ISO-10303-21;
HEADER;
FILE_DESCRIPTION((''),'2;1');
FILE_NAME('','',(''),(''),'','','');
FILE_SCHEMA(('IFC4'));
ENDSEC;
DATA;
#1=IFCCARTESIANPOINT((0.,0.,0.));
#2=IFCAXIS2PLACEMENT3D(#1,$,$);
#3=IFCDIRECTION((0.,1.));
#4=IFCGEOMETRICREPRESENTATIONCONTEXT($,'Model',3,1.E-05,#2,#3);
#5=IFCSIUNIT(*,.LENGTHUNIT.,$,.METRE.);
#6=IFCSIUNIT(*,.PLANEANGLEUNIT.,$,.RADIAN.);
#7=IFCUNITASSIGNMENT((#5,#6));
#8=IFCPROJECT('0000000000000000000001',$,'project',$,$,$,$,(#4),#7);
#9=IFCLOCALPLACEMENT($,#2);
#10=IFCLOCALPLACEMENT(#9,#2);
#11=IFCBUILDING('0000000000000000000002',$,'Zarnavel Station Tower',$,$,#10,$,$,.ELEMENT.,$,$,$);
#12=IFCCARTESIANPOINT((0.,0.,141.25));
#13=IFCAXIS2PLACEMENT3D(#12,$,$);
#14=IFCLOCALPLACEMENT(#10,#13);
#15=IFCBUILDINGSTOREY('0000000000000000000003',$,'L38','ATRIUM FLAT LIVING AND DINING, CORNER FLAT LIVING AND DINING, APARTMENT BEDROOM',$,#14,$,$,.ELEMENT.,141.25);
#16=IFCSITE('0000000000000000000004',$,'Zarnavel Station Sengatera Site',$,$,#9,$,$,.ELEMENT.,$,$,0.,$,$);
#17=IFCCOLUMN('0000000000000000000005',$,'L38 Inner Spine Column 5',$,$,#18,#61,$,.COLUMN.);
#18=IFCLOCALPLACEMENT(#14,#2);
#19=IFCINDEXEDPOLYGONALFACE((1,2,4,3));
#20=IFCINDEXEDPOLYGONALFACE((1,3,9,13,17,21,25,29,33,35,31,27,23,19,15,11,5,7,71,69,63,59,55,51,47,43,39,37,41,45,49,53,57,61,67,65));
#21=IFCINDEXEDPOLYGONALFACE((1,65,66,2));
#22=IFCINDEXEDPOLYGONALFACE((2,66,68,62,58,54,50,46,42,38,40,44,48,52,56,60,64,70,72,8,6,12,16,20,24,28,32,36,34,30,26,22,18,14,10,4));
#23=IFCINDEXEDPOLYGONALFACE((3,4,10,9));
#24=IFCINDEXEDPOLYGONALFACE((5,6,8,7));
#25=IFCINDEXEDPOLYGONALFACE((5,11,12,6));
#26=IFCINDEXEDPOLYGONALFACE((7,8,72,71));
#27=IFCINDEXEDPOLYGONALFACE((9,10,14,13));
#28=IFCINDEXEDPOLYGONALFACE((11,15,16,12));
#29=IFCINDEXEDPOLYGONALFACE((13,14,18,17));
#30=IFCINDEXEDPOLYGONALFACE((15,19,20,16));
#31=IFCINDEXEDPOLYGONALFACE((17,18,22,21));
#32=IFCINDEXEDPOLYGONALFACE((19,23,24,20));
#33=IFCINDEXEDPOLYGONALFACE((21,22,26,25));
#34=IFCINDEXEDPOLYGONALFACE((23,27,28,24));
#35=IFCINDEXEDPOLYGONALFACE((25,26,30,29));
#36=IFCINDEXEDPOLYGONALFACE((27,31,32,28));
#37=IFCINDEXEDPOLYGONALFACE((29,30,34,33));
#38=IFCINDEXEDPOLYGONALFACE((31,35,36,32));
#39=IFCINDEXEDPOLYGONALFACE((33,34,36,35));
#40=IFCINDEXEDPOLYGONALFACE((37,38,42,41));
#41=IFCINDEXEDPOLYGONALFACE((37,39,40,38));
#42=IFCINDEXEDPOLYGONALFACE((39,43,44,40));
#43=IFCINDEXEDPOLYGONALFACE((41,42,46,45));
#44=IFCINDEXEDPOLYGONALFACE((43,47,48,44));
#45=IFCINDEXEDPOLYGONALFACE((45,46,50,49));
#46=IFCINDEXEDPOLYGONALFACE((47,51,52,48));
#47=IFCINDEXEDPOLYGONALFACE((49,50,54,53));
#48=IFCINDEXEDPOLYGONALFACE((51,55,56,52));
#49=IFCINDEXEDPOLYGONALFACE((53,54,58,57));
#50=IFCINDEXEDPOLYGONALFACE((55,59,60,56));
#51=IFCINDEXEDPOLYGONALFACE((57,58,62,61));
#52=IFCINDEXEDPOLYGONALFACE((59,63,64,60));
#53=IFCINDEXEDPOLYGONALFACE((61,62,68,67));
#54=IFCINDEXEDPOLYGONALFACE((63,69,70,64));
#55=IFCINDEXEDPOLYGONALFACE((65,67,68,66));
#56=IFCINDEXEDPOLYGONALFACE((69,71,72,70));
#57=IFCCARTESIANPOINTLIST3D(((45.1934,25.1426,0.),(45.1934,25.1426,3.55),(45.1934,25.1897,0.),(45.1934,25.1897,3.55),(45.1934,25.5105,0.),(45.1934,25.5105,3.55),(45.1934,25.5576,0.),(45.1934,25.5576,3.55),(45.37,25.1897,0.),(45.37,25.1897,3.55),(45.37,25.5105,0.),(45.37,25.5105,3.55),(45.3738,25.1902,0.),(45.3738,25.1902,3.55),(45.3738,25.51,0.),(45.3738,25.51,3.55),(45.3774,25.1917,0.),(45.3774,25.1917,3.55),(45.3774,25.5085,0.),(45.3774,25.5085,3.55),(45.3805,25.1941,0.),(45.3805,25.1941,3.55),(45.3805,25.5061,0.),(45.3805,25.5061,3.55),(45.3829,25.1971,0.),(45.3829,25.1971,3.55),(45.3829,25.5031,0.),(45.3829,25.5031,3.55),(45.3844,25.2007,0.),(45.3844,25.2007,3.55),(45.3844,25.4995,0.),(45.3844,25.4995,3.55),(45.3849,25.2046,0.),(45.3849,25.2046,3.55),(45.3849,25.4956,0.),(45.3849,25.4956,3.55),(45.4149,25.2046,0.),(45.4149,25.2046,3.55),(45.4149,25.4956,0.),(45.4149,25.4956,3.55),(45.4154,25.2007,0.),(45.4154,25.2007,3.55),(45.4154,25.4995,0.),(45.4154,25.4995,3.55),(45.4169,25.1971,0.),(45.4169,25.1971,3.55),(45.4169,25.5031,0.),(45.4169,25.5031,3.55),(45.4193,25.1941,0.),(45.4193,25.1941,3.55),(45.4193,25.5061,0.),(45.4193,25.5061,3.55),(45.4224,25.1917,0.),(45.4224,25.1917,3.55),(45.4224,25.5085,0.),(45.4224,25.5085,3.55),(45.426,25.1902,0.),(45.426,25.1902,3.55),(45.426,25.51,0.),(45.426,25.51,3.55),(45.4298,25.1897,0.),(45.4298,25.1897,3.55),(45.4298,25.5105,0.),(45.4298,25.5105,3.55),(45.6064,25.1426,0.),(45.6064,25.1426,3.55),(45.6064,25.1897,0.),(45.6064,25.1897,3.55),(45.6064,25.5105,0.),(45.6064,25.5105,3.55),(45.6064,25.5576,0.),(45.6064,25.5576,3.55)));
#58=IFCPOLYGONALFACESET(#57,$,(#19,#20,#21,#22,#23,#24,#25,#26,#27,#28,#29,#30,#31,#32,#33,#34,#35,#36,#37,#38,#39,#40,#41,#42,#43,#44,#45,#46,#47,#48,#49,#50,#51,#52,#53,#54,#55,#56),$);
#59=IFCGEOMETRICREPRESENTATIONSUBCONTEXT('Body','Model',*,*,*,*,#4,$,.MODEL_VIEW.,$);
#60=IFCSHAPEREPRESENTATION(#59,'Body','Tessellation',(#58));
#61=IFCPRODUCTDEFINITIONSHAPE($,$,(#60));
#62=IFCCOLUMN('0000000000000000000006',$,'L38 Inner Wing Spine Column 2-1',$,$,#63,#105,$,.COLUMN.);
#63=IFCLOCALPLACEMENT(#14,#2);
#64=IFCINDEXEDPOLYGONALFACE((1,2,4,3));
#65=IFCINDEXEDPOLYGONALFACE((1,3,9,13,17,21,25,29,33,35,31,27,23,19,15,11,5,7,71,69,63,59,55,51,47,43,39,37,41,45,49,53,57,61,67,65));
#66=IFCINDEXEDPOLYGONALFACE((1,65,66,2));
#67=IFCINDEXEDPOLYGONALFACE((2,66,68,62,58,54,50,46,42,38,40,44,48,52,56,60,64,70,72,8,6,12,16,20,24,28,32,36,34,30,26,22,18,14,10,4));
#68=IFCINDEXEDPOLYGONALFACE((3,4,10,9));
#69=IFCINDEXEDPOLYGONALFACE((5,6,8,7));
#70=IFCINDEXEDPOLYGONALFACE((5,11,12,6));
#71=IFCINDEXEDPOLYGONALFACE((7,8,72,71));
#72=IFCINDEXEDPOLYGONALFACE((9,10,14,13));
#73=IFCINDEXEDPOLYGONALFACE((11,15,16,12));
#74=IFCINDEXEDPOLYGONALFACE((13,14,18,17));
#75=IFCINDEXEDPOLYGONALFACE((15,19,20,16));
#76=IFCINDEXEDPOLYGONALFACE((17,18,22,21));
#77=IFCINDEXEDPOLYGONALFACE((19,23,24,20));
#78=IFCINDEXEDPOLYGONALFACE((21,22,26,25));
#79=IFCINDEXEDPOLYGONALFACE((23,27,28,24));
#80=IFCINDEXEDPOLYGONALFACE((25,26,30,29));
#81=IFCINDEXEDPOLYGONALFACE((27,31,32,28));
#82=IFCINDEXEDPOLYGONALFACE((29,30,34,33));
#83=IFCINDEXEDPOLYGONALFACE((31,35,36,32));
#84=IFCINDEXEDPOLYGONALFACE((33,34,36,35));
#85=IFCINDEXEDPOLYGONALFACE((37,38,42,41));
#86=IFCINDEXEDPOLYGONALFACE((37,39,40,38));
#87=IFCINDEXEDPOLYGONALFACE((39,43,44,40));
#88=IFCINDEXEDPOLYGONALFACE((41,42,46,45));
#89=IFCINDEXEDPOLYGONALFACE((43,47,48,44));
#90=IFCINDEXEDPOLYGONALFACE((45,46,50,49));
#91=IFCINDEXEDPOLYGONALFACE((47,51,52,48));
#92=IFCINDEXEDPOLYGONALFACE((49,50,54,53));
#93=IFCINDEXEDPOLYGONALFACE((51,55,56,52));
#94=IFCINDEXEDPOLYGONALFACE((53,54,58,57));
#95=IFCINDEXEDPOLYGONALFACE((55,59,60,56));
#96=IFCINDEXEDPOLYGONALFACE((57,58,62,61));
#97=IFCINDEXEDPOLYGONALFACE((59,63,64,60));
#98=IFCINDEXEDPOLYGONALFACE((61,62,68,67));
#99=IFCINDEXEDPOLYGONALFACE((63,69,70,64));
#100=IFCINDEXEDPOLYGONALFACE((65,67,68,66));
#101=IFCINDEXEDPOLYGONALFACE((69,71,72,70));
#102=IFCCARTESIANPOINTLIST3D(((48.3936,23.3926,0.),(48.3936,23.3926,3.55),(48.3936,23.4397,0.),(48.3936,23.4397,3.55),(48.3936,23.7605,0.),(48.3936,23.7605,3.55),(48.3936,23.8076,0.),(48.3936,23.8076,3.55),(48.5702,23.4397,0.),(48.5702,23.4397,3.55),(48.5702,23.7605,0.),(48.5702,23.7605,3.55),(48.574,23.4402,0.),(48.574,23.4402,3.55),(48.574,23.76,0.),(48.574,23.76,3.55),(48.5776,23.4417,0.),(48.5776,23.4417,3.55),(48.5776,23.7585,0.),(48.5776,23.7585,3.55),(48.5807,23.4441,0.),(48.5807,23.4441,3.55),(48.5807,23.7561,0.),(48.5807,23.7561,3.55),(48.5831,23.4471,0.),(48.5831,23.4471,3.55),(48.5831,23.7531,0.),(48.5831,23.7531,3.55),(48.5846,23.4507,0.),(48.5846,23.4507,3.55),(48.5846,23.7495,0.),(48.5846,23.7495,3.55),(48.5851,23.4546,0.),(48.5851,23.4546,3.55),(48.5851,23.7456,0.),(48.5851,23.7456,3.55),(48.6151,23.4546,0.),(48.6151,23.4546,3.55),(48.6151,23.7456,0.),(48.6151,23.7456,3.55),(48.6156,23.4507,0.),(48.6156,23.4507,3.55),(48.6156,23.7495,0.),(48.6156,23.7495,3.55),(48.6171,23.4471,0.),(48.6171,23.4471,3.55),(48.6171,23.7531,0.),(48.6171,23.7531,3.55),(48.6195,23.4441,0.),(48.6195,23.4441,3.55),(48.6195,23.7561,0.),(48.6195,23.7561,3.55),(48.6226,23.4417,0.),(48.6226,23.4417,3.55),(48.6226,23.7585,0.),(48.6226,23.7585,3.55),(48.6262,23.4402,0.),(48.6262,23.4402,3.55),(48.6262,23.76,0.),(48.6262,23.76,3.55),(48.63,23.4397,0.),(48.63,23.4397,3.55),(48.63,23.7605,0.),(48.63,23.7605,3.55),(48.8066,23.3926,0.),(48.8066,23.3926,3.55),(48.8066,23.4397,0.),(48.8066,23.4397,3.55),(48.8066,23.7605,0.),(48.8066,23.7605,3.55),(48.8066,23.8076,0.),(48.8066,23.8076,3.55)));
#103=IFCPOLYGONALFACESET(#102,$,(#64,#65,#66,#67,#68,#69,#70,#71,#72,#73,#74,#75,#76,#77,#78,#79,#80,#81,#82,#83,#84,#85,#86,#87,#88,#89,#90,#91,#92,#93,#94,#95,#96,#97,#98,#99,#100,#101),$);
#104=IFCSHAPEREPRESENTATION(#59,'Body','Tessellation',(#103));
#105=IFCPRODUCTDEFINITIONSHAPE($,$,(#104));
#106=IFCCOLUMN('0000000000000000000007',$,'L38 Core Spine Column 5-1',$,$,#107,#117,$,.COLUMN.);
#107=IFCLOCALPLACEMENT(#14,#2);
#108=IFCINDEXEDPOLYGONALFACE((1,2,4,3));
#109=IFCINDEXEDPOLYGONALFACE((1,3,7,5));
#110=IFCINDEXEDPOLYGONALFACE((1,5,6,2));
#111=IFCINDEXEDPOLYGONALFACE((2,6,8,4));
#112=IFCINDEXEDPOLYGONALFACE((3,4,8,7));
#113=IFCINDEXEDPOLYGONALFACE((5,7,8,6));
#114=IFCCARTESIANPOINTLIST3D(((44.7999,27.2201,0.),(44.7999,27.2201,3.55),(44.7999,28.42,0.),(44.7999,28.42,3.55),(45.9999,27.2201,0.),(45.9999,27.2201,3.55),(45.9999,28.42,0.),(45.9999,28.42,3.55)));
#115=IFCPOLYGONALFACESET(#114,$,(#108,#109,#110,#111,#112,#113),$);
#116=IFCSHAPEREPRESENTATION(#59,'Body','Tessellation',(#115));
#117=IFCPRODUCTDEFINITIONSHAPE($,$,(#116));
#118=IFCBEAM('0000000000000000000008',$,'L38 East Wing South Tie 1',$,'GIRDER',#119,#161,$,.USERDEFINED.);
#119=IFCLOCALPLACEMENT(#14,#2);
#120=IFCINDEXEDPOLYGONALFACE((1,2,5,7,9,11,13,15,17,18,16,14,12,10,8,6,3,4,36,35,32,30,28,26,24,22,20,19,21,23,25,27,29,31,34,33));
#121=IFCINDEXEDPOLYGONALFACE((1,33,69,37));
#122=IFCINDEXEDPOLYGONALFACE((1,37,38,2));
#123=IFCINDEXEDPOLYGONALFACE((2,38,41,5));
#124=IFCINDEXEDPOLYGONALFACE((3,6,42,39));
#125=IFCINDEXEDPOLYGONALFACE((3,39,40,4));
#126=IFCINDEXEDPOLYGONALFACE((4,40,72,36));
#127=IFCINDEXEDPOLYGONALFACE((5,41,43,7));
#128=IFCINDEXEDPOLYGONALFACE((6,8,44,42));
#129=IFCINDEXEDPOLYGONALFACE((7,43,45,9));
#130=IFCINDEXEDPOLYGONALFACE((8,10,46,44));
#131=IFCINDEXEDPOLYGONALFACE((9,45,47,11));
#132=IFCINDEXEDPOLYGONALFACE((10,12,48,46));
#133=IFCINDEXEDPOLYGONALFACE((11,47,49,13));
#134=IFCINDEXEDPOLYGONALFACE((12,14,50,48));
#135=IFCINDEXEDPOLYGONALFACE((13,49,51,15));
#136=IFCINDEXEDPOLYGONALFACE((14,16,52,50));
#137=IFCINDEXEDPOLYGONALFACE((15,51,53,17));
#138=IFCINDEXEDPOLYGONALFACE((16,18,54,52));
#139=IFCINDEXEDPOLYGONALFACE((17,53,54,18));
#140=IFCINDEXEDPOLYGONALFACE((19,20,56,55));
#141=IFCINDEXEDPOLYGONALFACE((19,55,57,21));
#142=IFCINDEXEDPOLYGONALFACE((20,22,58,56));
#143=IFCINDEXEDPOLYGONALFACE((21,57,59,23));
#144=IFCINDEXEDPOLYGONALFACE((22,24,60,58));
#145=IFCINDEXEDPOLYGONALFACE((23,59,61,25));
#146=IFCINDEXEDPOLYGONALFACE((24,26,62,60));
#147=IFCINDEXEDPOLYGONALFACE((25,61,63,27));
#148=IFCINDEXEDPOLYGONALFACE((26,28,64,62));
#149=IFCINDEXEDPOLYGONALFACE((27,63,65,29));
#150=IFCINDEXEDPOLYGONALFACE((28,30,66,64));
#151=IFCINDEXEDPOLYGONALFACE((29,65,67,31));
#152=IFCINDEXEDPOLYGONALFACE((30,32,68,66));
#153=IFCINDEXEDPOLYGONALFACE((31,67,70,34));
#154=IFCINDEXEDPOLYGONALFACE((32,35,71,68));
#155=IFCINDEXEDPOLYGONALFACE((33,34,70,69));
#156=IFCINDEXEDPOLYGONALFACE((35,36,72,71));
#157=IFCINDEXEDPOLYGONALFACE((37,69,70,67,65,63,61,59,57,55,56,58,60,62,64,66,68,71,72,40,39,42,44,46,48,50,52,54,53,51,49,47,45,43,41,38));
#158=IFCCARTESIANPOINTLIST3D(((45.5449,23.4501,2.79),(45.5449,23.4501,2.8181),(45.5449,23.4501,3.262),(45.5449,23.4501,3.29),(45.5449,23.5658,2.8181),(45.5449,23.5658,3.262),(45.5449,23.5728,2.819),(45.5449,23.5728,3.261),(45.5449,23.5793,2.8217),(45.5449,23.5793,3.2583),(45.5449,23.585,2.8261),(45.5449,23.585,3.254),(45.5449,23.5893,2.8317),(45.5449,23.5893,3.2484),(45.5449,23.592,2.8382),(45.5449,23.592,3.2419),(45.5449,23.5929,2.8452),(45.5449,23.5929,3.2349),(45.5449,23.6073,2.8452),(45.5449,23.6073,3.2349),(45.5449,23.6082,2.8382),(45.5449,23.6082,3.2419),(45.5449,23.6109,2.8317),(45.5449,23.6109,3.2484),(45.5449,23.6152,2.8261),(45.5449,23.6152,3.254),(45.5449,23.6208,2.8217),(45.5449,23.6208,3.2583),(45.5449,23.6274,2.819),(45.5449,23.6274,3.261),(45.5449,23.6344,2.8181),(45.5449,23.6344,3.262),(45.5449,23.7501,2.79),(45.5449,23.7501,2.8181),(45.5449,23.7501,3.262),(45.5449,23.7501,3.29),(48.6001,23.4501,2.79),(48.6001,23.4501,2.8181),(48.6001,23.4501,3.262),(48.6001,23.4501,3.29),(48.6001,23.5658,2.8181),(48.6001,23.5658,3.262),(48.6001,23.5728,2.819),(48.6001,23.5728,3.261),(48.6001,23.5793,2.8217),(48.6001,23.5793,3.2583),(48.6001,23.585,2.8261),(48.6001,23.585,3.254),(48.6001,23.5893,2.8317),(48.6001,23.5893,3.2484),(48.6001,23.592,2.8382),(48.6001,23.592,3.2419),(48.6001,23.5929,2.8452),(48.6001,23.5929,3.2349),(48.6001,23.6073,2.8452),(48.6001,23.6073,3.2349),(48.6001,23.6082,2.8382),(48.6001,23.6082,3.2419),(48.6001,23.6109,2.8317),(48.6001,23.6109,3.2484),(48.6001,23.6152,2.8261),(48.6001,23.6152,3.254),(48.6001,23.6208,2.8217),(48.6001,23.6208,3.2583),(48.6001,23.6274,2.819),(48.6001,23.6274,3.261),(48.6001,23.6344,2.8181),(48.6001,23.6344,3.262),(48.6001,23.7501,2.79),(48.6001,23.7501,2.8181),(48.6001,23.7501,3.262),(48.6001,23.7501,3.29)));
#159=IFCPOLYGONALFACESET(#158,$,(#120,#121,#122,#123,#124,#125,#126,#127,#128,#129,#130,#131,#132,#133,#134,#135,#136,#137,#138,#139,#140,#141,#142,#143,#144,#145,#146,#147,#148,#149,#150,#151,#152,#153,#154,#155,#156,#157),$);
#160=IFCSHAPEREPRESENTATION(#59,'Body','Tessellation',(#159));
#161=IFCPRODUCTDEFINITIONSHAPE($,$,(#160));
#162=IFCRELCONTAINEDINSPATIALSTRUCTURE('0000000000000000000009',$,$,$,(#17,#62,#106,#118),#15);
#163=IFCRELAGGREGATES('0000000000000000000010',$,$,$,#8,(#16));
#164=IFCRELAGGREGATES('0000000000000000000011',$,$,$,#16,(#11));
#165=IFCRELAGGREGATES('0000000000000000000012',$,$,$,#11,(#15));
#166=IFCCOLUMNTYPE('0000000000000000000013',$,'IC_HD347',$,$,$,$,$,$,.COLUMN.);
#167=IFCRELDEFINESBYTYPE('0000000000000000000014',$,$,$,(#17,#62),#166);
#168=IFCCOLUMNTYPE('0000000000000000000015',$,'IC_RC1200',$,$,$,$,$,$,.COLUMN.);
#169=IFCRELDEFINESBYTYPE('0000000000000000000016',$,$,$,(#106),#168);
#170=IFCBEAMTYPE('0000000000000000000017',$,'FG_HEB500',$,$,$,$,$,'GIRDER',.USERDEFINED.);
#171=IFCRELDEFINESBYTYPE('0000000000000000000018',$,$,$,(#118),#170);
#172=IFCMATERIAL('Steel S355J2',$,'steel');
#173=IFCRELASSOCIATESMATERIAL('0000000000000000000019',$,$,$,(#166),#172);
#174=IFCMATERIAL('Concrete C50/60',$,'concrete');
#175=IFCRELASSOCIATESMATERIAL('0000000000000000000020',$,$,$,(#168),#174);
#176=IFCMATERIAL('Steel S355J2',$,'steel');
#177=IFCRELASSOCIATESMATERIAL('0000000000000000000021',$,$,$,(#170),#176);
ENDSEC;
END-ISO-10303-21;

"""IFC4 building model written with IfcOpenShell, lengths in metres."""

from ifc_helpers import new_model, si_unit, direction, frame, origin, origin_2d, place, context, subcontext, project, spatial, rectangle, i_section, extrude, material, material_profile, profile_set, type_object, element, save


model = new_model("IFC4")

# Units and contexts
model_context = context("Model", 3, precision=1e-05, world=origin(), true_north=direction((0.0, 1.0)))
body_context = subcontext(model_context, "Body", "Model", "MODEL_VIEW")
ifc_project = project(units=[si_unit("LENGTHUNIT", "METRE"), si_unit("PLANEANGLEUNIT", "RADIAN")], contexts=[model_context])

# Site, building, storey
site_placement = place(None, origin())
site = spatial("IfcSite", under=ifc_project, at=site_placement, Name="Zarnavel Station Sengatera Site", CompositionType="ELEMENT", RefElevation=0.0)
building_placement = place(site_placement, origin())
building = spatial("IfcBuilding", under=site, at=building_placement, Name="Zarnavel Station Tower", CompositionType="ELEMENT")
storey_placement = place(building_placement, frame((0.0, 0.0, 141.25)))
storey = spatial("IfcBuildingStorey", under=building, at=storey_placement, Name="L38", Description="ATRIUM FLAT LIVING AND DINING, CORNER FLAT LIVING AND DINING, APARTMENT BEDROOM", CompositionType="ELEMENT", Elevation=141.25)

# Columns
ifc_material_1 = material(Name="Steel S355J2", Category="steel")
ifc_material_profile_1 = material_profile(ifc_material_1, i_section(OverallWidth=0.4131, OverallDepth=0.415, WebThickness=0.03, FlangeThickness=0.0471, FilletRadius=0.0149, at=origin_2d()), Name="HD400x347")
ifc_profile_set_1 = profile_set([ifc_material_profile_1], Name="Steel S355J2")
column_type_1 = type_object("IfcColumnType", Name="IC_HD347", PredefinedType="COLUMN", material=ifc_profile_set_1)
for number, where, z_axis, x_axis, name in (
    (1, (45.3999, 25.3501, 0.0), (0.0, 0.0, 1.0), (1.0, 0.0, 0.0), "L38 Inner Spine Column 5"),
    (2, (48.6001, 23.6001, 0.0), (0.0, 0.0, 1.0), (1.0, 0.0, 0.0), "L38 Inner Wing Spine Column 2-1"),
):
    element("IfcColumn", number, at=place(storey_placement, frame(where, z_axis=z_axis, x_axis=x_axis)), inside=storey, type_object=column_type_1, Name=name, PredefinedType="COLUMN", context=body_context, shape_type="SweptSolid", body=[
        extrude(i_section(OverallWidth=0.4131, OverallDepth=0.415, WebThickness=0.03, FlangeThickness=0.0471, FilletRadius=0.0149, at=origin_2d()), origin(), (0.0, 0.0, 1.0), 3.55),
    ])
ifc_material_2 = material(Name="Concrete C50/60", Category="concrete")
ifc_material_profile_2 = material_profile(ifc_material_2, rectangle(XDim=1.2, YDim=1.2, at=origin_2d()), Name="RC1200x1200")
ifc_profile_set_2 = profile_set([ifc_material_profile_2], Name="Concrete C50/60")
column_type_2 = type_object("IfcColumnType", Name="IC_RC1200", PredefinedType="COLUMN", material=ifc_profile_set_2)
column_placement = place(storey_placement, frame((45.3999, 27.8201, 0.0), z_axis=(0.0, 0.0, 1.0), x_axis=(1.0, 0.0, 0.0)))
element("IfcColumn", 3, at=column_placement, inside=storey, type_object=column_type_2, Name="L38 Core Spine Column 5-1", PredefinedType="COLUMN", context=body_context, shape_type="SweptSolid", body=[
    extrude(rectangle(XDim=1.2, YDim=1.2, at=origin_2d()), origin(), (0.0, 0.0, 1.0), 3.55),
])

# Beam
ifc_material_3 = material(Name="Steel S355J2", Category="steel")
ifc_material_profile_3 = material_profile(ifc_material_3, i_section(OverallWidth=0.3, OverallDepth=0.5, WebThickness=0.0144, FlangeThickness=0.0281, FilletRadius=0.0271, at=origin_2d()), Name="HEB500")
ifc_profile_set_3 = profile_set([ifc_material_profile_3], Name="Steel S355J2")
beam_type_1 = type_object("IfcBeamType", Name="FG_HEB500", ElementType="GIRDER", PredefinedType="USERDEFINED", material=ifc_profile_set_3)
beam_1_placement = place(storey_placement, frame((45.5449, 23.6001, 3.04), z_axis=(1.0, 0.0, 0.0), x_axis=(0.0, 1.0, 0.0)))
element("IfcBeam", 4, at=beam_1_placement, inside=storey, type_object=beam_type_1, Name="L38 East Wing South Tie 1", ObjectType="GIRDER", PredefinedType="USERDEFINED", context=body_context, shape_type="SweptSolid", body=[
    extrude(i_section(OverallWidth=0.3, OverallDepth=0.5, WebThickness=0.0144, FlangeThickness=0.0281, FilletRadius=0.0271, at=origin_2d()), origin(), (0.0, 0.0, 1.0), 3.0552),
])

save(model, "model.ifc")
